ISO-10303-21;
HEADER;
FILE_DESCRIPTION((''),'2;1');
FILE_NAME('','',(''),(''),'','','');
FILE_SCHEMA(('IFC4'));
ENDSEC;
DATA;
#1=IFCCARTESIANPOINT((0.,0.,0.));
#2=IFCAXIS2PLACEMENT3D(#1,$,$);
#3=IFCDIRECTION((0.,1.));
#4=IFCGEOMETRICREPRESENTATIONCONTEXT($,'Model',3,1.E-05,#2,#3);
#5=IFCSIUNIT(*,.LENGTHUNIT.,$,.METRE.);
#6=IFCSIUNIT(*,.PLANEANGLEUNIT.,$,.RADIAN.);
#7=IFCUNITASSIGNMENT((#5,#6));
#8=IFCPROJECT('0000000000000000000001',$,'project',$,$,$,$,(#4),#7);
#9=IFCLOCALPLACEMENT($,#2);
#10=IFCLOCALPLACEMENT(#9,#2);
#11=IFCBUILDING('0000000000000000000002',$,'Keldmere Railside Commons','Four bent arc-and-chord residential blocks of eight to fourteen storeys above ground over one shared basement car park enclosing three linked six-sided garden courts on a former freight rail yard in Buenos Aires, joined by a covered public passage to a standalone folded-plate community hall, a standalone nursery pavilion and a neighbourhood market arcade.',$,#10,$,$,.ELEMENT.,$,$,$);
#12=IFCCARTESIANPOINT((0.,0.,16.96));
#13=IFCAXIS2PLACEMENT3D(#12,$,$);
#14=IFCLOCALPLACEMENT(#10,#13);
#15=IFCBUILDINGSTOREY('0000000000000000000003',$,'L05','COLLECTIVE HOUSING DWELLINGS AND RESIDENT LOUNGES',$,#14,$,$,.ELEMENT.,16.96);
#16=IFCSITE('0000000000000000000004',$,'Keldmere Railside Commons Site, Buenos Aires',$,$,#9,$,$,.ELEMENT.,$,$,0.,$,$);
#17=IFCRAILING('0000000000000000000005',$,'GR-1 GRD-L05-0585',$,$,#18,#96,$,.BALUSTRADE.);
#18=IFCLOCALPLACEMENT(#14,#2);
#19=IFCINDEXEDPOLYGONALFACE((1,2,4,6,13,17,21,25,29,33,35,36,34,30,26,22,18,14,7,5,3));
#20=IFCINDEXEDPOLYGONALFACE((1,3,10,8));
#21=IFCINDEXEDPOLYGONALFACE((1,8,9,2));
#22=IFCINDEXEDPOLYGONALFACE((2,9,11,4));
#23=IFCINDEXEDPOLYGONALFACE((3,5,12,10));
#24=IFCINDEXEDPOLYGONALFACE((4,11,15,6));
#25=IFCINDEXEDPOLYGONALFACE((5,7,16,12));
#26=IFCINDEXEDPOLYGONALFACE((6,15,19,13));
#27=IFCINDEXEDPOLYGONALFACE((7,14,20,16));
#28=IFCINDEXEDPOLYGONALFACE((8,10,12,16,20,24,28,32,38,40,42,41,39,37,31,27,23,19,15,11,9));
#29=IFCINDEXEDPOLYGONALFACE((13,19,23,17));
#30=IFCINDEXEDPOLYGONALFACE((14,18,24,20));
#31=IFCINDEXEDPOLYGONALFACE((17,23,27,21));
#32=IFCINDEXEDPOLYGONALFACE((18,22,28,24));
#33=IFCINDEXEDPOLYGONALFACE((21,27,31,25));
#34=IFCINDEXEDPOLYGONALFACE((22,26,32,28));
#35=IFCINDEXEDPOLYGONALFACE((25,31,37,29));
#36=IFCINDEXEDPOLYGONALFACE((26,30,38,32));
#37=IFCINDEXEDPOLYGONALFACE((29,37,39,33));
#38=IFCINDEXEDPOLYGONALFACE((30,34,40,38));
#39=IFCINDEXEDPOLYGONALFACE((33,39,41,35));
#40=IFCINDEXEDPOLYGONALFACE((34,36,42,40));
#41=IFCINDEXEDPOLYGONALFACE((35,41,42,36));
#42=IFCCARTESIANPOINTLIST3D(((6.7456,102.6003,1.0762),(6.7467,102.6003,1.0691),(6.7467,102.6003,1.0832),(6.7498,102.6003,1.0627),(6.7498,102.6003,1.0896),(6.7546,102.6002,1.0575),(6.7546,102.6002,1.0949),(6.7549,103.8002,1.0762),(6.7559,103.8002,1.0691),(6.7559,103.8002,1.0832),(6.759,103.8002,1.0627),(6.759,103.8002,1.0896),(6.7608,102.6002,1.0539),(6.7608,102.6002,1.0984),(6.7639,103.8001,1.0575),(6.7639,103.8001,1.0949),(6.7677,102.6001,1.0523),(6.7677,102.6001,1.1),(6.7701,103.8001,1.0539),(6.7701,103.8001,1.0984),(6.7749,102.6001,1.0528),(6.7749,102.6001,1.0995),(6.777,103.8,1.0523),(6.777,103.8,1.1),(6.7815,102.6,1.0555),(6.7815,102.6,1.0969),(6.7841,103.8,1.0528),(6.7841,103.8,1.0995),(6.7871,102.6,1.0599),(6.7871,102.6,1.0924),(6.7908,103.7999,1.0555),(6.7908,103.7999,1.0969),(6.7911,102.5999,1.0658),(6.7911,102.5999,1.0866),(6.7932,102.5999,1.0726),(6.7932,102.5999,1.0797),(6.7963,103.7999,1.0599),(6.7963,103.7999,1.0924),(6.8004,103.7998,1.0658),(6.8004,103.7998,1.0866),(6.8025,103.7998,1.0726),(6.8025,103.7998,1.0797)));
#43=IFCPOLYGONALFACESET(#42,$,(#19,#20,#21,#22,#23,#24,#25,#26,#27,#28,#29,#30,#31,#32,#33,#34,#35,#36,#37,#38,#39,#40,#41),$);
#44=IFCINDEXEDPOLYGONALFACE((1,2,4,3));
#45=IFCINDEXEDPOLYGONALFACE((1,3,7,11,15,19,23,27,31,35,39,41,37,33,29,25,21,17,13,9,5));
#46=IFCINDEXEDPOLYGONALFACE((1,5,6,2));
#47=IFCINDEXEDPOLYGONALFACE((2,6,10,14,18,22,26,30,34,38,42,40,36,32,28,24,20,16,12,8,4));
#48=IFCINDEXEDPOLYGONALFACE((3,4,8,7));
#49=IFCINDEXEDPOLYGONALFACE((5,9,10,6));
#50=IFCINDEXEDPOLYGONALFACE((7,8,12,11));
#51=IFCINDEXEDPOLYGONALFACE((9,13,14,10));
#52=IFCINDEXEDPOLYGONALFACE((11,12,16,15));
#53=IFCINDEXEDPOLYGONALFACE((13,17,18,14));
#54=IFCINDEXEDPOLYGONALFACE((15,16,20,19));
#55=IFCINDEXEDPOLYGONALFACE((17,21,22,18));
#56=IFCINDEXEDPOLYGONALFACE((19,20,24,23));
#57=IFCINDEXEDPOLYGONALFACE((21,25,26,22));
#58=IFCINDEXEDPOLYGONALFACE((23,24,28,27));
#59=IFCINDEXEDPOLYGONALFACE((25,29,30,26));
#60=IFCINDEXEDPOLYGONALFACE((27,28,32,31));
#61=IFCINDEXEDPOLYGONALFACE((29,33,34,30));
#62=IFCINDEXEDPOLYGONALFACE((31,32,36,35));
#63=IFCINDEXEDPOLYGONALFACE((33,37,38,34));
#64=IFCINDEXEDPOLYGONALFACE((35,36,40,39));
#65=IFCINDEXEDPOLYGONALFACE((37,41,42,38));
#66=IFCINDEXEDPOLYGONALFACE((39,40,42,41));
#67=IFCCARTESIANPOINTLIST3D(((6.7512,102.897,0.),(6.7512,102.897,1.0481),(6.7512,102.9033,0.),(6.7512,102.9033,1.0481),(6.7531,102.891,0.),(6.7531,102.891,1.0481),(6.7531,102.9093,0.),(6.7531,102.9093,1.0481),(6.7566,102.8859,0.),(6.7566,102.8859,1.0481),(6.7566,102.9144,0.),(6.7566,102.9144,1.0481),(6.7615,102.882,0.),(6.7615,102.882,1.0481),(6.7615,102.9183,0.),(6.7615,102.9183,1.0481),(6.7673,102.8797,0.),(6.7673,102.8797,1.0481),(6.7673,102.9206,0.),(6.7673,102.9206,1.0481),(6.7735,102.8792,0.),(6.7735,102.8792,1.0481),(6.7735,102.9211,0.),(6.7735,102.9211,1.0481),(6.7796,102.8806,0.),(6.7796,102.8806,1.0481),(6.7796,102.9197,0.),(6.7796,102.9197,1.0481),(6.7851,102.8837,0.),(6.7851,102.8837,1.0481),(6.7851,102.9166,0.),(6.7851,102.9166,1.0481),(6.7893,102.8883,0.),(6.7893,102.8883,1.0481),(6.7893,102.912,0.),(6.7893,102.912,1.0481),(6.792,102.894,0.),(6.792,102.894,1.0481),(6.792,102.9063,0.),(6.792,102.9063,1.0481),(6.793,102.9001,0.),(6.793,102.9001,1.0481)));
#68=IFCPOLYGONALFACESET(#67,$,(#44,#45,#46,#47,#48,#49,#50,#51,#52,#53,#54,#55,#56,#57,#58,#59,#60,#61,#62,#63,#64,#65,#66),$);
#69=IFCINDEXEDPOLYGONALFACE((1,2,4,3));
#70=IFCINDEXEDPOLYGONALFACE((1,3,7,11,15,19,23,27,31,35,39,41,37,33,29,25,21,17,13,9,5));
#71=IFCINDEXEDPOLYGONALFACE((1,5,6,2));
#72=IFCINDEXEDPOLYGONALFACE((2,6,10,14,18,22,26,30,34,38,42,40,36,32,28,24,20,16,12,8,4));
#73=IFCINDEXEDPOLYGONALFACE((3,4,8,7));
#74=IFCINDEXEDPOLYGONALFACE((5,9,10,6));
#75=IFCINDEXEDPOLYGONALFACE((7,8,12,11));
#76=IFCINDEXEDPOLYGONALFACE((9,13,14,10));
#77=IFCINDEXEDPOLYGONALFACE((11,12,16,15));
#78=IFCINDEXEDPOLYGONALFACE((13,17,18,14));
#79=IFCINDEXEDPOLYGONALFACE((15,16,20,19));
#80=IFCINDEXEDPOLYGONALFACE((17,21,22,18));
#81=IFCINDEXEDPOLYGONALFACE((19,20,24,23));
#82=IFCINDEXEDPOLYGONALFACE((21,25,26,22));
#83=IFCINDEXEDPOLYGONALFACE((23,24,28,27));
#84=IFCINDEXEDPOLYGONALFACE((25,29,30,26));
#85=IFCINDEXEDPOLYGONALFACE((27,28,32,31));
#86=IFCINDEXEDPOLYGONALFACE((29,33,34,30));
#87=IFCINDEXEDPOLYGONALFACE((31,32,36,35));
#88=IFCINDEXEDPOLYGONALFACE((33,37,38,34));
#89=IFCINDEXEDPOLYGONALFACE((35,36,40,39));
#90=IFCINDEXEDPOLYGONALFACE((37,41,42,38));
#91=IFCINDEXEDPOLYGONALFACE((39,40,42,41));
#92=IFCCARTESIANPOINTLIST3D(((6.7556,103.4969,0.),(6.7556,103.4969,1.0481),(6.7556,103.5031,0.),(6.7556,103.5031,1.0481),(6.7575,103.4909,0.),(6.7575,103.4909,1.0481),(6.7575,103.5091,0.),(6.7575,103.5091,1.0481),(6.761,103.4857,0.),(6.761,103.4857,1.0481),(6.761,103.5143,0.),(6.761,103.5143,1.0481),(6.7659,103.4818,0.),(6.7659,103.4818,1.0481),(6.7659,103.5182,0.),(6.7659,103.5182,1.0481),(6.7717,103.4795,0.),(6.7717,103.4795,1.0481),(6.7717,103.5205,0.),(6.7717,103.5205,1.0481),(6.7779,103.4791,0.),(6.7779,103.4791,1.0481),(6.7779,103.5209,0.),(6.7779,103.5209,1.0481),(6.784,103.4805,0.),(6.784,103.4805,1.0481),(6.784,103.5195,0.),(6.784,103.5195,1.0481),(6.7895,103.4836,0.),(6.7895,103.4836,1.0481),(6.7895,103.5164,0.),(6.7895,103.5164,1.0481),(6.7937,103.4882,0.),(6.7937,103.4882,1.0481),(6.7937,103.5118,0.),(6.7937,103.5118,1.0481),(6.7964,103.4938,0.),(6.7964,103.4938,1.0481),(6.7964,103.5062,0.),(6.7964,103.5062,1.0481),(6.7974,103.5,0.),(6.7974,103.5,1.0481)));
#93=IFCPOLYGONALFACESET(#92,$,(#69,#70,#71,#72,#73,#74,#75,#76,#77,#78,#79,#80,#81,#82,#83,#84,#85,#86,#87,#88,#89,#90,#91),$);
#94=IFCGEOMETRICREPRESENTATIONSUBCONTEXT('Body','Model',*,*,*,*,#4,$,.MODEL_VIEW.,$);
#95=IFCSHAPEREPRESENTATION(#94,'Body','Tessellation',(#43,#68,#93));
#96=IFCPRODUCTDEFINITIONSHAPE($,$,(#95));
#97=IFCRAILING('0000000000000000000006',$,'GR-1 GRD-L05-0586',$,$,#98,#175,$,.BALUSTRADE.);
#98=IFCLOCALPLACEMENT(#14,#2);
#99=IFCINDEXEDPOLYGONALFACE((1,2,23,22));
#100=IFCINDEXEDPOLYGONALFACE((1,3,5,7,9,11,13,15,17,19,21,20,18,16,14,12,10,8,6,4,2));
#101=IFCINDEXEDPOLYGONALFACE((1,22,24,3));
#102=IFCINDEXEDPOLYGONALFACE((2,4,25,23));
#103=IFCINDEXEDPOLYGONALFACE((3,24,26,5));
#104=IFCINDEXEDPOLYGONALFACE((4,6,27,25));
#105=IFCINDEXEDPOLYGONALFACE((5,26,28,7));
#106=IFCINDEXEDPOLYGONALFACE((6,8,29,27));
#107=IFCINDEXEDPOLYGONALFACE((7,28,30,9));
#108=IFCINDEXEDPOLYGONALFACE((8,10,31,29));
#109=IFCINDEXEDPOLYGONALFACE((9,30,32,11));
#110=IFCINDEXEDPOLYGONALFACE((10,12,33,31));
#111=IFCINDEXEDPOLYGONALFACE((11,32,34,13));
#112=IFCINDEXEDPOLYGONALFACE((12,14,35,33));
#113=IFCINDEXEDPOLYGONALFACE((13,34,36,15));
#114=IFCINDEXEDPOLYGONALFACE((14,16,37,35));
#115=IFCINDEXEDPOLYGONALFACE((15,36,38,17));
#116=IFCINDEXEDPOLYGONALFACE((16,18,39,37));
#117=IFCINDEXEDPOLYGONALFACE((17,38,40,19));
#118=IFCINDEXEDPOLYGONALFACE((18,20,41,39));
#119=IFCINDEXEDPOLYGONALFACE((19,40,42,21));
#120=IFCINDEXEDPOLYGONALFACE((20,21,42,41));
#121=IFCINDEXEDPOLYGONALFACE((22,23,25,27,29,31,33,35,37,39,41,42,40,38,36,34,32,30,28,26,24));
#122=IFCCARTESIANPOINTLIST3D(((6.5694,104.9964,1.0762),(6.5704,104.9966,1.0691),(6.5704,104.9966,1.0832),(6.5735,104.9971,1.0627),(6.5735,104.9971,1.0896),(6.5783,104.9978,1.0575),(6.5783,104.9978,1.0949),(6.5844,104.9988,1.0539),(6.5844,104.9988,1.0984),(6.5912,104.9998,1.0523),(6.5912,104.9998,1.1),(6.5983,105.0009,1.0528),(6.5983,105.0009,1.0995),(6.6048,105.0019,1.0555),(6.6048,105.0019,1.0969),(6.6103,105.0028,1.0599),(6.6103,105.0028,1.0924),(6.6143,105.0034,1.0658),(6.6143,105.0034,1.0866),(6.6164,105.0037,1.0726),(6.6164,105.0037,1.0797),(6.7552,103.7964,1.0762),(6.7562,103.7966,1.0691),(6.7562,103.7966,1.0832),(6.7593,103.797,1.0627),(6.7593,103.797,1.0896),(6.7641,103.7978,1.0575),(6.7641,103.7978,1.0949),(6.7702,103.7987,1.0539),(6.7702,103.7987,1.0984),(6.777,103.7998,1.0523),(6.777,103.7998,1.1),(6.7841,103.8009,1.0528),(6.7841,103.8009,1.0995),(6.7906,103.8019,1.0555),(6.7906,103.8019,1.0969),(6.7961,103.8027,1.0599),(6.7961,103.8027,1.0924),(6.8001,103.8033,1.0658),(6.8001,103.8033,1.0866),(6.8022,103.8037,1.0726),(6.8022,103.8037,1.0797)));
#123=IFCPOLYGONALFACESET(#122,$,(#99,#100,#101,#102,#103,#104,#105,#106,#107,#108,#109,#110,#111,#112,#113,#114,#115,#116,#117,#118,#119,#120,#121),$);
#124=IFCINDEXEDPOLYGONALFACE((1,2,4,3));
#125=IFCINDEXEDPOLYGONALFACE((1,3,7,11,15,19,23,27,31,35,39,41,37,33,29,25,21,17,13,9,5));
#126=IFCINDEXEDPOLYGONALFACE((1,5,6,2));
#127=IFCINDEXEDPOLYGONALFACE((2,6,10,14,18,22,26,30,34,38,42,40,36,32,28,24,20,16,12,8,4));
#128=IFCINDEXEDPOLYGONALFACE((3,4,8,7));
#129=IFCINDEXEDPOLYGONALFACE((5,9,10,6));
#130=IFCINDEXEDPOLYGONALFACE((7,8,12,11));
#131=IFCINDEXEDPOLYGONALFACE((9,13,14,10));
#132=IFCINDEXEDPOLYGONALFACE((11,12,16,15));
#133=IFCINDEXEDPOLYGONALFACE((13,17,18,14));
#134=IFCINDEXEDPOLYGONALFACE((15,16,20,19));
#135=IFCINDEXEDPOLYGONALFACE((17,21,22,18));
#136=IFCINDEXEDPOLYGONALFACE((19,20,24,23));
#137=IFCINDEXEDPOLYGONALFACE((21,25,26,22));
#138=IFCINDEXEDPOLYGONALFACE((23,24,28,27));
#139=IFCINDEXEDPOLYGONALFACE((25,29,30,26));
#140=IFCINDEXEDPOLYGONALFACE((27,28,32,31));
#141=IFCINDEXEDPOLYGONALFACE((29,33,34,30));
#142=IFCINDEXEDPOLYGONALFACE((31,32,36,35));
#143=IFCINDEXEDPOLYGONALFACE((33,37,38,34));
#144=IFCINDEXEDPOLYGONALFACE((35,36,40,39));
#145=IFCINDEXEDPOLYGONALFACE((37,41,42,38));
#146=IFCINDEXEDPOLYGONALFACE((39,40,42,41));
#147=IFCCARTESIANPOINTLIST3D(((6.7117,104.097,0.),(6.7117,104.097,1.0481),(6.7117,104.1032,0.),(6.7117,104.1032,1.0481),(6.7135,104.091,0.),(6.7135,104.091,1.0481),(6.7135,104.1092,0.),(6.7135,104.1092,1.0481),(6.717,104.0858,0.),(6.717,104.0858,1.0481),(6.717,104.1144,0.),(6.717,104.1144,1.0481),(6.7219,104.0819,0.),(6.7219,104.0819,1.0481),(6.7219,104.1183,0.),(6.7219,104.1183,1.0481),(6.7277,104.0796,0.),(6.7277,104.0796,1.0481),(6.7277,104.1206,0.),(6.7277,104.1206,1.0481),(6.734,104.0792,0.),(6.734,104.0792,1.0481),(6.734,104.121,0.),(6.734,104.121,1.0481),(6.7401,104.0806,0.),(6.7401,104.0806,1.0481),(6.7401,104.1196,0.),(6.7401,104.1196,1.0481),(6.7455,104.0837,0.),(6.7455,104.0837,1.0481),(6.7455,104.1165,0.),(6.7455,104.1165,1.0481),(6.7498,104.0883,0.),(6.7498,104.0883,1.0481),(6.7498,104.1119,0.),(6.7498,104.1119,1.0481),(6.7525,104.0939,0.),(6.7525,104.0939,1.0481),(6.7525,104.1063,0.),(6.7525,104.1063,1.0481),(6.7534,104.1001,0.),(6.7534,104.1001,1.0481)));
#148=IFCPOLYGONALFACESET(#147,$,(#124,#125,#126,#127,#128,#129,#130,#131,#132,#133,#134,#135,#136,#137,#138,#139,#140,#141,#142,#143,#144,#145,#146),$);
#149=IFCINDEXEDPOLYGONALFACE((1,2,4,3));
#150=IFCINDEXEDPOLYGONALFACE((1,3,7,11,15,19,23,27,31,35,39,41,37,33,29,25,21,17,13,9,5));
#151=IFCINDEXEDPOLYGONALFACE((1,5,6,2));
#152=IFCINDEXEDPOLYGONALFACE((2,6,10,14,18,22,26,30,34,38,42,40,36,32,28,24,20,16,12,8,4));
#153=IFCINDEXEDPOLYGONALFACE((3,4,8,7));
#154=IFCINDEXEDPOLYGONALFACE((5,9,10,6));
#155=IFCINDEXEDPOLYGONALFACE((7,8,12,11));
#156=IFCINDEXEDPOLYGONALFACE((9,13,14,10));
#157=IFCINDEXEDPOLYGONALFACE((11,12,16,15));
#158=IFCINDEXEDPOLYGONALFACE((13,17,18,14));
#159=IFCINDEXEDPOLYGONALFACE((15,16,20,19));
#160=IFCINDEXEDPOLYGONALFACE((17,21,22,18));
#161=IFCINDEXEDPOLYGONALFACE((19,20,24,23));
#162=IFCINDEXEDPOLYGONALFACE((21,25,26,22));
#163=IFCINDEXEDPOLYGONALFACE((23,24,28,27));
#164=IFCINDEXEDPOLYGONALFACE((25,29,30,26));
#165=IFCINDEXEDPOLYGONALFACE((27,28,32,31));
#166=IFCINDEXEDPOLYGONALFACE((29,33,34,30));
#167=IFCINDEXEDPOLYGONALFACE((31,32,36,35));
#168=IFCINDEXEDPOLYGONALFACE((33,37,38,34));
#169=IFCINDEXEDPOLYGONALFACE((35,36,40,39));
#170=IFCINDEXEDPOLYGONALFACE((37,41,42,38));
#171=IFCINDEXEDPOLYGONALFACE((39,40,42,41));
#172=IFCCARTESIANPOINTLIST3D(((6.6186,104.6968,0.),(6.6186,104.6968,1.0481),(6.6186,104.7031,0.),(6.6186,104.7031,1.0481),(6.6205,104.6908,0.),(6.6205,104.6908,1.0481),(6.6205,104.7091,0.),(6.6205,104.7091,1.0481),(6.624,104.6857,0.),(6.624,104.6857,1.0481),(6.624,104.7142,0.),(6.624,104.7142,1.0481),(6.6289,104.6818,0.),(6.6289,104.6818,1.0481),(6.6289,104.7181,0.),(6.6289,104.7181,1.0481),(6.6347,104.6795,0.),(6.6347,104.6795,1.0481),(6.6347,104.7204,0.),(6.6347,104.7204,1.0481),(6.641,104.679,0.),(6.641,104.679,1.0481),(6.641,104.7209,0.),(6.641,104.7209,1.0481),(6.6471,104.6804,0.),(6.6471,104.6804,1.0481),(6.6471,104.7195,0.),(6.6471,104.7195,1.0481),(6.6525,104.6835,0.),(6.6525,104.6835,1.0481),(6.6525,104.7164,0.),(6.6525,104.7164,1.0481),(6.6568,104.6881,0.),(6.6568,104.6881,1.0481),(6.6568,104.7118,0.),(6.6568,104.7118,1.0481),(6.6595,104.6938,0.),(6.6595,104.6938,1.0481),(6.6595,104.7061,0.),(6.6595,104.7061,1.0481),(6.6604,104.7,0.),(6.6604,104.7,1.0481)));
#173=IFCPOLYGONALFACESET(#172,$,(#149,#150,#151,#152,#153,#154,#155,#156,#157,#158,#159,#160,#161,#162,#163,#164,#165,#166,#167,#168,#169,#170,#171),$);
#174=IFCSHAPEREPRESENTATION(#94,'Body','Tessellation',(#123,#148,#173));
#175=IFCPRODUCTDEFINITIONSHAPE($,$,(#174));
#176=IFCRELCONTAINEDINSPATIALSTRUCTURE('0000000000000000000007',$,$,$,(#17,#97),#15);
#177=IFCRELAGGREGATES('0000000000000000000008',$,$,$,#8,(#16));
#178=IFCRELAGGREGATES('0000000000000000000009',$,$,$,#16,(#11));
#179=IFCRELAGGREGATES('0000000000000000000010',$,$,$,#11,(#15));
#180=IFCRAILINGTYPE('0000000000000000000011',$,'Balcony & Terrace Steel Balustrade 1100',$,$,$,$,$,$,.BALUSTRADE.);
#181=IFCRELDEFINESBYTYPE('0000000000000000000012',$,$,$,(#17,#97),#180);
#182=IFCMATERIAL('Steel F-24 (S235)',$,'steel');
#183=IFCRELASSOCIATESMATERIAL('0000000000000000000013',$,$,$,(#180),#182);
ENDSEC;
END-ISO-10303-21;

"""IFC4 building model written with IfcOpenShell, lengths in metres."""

from ifc_helpers import new_model, si_unit, direction, frame, origin, origin_2d, place, context, subcontext, project, spatial, circle, extrude, material, type_object, element, save


model = new_model("IFC4")

# Units and contexts
model_context = context("Model", 3, precision=1e-05, world=origin(), true_north=direction((0.0, 1.0)))
body_context = subcontext(model_context, "Body", "Model", "MODEL_VIEW")
ifc_project = project(units=[si_unit("LENGTHUNIT", "METRE"), si_unit("PLANEANGLEUNIT", "RADIAN")], contexts=[model_context])

# Site, building, storey
site_placement = place(None, origin())
site = spatial("IfcSite", under=ifc_project, at=site_placement, Name="Keldmere Railside Commons Site, Buenos Aires", CompositionType="ELEMENT", RefElevation=0.0)
building_placement = place(site_placement, origin())
building = spatial("IfcBuilding", under=site, at=building_placement, Name="Keldmere Railside Commons", Description="Four bent arc-and-chord residential blocks of eight to fourteen storeys above ground over one shared basement car park enclosing three linked six-sided garden courts on a former freight rail yard in Buenos Aires, joined by a covered public passage to a standalone folded-plate community hall, a standalone nursery pavilion and a neighbourhood market arcade.", CompositionType="ELEMENT")
storey_placement = place(building_placement, frame((0.0, 0.0, 16.96)))
storey = spatial("IfcBuildingStorey", under=building, at=storey_placement, Name="L05", Description="COLLECTIVE HOUSING DWELLINGS AND RESIDENT LOUNGES", CompositionType="ELEMENT", Elevation=16.96)

# Railings
ifc_material_1 = material(Name="Steel F-24 (S235)", Category="steel")
railing_type = type_object("IfcRailingType", Name="Balcony & Terrace Steel Balustrade 1100", PredefinedType="BALUSTRADE", material=ifc_material_1)
railing_1_placement = place(storey_placement, frame((6.7695, 102.6001, 0.0)))
element("IfcRailing", 1, at=railing_1_placement, inside=storey, type_object=railing_type, Name="GR-1 GRD-L05-0585", PredefinedType="BALUSTRADE", context=body_context, shape_type="SweptSolid", body=[
    extrude(circle(Radius=0.0239, at=origin_2d()), frame((0.0, 0.0, 1.0762), z_axis=(0.007731, 0.99997, 0.0), x_axis=(-0.99997, 0.007731, 0.0)), (0.0, 0.0, 1.0), 1.2),
    extrude(circle(Radius=0.021, at=origin_2d()), frame((0.0024, 0.3, 0.0)), (0.0, 0.0, 1.0), 1.0481),
    extrude(circle(Radius=0.021, at=origin_2d()), frame((0.0068, 0.8999, 0.0)), (0.0, 0.0, 1.0), 1.0481),
])
railing_2_placement = place(storey_placement, frame((6.7788, 103.8, 0.0)))
element("IfcRailing", 2, at=railing_2_placement, inside=storey, type_object=railing_type, Name="GR-1 GRD-L05-0586", PredefinedType="BALUSTRADE", context=body_context, shape_type="SweptSolid", body=[
    extrude(circle(Radius=0.0239, at=origin_2d()), frame((0.0, 0.0, 1.0762), z_axis=(-0.153009, 0.988225, 0.0), x_axis=(-0.988225, -0.153009, 0.0)), (0.0, 0.0, 1.0), 1.2144),
    extrude(circle(Radius=0.021, at=origin_2d()), frame((-0.0464, 0.3, 0.0)), (0.0, 0.0, 1.0), 1.0481),
    extrude(circle(Radius=0.021, at=origin_2d()), frame((-0.1394, 0.8999, 0.0)), (0.0, 0.0, 1.0), 1.0481),
])

save(model, "model.ifc")
